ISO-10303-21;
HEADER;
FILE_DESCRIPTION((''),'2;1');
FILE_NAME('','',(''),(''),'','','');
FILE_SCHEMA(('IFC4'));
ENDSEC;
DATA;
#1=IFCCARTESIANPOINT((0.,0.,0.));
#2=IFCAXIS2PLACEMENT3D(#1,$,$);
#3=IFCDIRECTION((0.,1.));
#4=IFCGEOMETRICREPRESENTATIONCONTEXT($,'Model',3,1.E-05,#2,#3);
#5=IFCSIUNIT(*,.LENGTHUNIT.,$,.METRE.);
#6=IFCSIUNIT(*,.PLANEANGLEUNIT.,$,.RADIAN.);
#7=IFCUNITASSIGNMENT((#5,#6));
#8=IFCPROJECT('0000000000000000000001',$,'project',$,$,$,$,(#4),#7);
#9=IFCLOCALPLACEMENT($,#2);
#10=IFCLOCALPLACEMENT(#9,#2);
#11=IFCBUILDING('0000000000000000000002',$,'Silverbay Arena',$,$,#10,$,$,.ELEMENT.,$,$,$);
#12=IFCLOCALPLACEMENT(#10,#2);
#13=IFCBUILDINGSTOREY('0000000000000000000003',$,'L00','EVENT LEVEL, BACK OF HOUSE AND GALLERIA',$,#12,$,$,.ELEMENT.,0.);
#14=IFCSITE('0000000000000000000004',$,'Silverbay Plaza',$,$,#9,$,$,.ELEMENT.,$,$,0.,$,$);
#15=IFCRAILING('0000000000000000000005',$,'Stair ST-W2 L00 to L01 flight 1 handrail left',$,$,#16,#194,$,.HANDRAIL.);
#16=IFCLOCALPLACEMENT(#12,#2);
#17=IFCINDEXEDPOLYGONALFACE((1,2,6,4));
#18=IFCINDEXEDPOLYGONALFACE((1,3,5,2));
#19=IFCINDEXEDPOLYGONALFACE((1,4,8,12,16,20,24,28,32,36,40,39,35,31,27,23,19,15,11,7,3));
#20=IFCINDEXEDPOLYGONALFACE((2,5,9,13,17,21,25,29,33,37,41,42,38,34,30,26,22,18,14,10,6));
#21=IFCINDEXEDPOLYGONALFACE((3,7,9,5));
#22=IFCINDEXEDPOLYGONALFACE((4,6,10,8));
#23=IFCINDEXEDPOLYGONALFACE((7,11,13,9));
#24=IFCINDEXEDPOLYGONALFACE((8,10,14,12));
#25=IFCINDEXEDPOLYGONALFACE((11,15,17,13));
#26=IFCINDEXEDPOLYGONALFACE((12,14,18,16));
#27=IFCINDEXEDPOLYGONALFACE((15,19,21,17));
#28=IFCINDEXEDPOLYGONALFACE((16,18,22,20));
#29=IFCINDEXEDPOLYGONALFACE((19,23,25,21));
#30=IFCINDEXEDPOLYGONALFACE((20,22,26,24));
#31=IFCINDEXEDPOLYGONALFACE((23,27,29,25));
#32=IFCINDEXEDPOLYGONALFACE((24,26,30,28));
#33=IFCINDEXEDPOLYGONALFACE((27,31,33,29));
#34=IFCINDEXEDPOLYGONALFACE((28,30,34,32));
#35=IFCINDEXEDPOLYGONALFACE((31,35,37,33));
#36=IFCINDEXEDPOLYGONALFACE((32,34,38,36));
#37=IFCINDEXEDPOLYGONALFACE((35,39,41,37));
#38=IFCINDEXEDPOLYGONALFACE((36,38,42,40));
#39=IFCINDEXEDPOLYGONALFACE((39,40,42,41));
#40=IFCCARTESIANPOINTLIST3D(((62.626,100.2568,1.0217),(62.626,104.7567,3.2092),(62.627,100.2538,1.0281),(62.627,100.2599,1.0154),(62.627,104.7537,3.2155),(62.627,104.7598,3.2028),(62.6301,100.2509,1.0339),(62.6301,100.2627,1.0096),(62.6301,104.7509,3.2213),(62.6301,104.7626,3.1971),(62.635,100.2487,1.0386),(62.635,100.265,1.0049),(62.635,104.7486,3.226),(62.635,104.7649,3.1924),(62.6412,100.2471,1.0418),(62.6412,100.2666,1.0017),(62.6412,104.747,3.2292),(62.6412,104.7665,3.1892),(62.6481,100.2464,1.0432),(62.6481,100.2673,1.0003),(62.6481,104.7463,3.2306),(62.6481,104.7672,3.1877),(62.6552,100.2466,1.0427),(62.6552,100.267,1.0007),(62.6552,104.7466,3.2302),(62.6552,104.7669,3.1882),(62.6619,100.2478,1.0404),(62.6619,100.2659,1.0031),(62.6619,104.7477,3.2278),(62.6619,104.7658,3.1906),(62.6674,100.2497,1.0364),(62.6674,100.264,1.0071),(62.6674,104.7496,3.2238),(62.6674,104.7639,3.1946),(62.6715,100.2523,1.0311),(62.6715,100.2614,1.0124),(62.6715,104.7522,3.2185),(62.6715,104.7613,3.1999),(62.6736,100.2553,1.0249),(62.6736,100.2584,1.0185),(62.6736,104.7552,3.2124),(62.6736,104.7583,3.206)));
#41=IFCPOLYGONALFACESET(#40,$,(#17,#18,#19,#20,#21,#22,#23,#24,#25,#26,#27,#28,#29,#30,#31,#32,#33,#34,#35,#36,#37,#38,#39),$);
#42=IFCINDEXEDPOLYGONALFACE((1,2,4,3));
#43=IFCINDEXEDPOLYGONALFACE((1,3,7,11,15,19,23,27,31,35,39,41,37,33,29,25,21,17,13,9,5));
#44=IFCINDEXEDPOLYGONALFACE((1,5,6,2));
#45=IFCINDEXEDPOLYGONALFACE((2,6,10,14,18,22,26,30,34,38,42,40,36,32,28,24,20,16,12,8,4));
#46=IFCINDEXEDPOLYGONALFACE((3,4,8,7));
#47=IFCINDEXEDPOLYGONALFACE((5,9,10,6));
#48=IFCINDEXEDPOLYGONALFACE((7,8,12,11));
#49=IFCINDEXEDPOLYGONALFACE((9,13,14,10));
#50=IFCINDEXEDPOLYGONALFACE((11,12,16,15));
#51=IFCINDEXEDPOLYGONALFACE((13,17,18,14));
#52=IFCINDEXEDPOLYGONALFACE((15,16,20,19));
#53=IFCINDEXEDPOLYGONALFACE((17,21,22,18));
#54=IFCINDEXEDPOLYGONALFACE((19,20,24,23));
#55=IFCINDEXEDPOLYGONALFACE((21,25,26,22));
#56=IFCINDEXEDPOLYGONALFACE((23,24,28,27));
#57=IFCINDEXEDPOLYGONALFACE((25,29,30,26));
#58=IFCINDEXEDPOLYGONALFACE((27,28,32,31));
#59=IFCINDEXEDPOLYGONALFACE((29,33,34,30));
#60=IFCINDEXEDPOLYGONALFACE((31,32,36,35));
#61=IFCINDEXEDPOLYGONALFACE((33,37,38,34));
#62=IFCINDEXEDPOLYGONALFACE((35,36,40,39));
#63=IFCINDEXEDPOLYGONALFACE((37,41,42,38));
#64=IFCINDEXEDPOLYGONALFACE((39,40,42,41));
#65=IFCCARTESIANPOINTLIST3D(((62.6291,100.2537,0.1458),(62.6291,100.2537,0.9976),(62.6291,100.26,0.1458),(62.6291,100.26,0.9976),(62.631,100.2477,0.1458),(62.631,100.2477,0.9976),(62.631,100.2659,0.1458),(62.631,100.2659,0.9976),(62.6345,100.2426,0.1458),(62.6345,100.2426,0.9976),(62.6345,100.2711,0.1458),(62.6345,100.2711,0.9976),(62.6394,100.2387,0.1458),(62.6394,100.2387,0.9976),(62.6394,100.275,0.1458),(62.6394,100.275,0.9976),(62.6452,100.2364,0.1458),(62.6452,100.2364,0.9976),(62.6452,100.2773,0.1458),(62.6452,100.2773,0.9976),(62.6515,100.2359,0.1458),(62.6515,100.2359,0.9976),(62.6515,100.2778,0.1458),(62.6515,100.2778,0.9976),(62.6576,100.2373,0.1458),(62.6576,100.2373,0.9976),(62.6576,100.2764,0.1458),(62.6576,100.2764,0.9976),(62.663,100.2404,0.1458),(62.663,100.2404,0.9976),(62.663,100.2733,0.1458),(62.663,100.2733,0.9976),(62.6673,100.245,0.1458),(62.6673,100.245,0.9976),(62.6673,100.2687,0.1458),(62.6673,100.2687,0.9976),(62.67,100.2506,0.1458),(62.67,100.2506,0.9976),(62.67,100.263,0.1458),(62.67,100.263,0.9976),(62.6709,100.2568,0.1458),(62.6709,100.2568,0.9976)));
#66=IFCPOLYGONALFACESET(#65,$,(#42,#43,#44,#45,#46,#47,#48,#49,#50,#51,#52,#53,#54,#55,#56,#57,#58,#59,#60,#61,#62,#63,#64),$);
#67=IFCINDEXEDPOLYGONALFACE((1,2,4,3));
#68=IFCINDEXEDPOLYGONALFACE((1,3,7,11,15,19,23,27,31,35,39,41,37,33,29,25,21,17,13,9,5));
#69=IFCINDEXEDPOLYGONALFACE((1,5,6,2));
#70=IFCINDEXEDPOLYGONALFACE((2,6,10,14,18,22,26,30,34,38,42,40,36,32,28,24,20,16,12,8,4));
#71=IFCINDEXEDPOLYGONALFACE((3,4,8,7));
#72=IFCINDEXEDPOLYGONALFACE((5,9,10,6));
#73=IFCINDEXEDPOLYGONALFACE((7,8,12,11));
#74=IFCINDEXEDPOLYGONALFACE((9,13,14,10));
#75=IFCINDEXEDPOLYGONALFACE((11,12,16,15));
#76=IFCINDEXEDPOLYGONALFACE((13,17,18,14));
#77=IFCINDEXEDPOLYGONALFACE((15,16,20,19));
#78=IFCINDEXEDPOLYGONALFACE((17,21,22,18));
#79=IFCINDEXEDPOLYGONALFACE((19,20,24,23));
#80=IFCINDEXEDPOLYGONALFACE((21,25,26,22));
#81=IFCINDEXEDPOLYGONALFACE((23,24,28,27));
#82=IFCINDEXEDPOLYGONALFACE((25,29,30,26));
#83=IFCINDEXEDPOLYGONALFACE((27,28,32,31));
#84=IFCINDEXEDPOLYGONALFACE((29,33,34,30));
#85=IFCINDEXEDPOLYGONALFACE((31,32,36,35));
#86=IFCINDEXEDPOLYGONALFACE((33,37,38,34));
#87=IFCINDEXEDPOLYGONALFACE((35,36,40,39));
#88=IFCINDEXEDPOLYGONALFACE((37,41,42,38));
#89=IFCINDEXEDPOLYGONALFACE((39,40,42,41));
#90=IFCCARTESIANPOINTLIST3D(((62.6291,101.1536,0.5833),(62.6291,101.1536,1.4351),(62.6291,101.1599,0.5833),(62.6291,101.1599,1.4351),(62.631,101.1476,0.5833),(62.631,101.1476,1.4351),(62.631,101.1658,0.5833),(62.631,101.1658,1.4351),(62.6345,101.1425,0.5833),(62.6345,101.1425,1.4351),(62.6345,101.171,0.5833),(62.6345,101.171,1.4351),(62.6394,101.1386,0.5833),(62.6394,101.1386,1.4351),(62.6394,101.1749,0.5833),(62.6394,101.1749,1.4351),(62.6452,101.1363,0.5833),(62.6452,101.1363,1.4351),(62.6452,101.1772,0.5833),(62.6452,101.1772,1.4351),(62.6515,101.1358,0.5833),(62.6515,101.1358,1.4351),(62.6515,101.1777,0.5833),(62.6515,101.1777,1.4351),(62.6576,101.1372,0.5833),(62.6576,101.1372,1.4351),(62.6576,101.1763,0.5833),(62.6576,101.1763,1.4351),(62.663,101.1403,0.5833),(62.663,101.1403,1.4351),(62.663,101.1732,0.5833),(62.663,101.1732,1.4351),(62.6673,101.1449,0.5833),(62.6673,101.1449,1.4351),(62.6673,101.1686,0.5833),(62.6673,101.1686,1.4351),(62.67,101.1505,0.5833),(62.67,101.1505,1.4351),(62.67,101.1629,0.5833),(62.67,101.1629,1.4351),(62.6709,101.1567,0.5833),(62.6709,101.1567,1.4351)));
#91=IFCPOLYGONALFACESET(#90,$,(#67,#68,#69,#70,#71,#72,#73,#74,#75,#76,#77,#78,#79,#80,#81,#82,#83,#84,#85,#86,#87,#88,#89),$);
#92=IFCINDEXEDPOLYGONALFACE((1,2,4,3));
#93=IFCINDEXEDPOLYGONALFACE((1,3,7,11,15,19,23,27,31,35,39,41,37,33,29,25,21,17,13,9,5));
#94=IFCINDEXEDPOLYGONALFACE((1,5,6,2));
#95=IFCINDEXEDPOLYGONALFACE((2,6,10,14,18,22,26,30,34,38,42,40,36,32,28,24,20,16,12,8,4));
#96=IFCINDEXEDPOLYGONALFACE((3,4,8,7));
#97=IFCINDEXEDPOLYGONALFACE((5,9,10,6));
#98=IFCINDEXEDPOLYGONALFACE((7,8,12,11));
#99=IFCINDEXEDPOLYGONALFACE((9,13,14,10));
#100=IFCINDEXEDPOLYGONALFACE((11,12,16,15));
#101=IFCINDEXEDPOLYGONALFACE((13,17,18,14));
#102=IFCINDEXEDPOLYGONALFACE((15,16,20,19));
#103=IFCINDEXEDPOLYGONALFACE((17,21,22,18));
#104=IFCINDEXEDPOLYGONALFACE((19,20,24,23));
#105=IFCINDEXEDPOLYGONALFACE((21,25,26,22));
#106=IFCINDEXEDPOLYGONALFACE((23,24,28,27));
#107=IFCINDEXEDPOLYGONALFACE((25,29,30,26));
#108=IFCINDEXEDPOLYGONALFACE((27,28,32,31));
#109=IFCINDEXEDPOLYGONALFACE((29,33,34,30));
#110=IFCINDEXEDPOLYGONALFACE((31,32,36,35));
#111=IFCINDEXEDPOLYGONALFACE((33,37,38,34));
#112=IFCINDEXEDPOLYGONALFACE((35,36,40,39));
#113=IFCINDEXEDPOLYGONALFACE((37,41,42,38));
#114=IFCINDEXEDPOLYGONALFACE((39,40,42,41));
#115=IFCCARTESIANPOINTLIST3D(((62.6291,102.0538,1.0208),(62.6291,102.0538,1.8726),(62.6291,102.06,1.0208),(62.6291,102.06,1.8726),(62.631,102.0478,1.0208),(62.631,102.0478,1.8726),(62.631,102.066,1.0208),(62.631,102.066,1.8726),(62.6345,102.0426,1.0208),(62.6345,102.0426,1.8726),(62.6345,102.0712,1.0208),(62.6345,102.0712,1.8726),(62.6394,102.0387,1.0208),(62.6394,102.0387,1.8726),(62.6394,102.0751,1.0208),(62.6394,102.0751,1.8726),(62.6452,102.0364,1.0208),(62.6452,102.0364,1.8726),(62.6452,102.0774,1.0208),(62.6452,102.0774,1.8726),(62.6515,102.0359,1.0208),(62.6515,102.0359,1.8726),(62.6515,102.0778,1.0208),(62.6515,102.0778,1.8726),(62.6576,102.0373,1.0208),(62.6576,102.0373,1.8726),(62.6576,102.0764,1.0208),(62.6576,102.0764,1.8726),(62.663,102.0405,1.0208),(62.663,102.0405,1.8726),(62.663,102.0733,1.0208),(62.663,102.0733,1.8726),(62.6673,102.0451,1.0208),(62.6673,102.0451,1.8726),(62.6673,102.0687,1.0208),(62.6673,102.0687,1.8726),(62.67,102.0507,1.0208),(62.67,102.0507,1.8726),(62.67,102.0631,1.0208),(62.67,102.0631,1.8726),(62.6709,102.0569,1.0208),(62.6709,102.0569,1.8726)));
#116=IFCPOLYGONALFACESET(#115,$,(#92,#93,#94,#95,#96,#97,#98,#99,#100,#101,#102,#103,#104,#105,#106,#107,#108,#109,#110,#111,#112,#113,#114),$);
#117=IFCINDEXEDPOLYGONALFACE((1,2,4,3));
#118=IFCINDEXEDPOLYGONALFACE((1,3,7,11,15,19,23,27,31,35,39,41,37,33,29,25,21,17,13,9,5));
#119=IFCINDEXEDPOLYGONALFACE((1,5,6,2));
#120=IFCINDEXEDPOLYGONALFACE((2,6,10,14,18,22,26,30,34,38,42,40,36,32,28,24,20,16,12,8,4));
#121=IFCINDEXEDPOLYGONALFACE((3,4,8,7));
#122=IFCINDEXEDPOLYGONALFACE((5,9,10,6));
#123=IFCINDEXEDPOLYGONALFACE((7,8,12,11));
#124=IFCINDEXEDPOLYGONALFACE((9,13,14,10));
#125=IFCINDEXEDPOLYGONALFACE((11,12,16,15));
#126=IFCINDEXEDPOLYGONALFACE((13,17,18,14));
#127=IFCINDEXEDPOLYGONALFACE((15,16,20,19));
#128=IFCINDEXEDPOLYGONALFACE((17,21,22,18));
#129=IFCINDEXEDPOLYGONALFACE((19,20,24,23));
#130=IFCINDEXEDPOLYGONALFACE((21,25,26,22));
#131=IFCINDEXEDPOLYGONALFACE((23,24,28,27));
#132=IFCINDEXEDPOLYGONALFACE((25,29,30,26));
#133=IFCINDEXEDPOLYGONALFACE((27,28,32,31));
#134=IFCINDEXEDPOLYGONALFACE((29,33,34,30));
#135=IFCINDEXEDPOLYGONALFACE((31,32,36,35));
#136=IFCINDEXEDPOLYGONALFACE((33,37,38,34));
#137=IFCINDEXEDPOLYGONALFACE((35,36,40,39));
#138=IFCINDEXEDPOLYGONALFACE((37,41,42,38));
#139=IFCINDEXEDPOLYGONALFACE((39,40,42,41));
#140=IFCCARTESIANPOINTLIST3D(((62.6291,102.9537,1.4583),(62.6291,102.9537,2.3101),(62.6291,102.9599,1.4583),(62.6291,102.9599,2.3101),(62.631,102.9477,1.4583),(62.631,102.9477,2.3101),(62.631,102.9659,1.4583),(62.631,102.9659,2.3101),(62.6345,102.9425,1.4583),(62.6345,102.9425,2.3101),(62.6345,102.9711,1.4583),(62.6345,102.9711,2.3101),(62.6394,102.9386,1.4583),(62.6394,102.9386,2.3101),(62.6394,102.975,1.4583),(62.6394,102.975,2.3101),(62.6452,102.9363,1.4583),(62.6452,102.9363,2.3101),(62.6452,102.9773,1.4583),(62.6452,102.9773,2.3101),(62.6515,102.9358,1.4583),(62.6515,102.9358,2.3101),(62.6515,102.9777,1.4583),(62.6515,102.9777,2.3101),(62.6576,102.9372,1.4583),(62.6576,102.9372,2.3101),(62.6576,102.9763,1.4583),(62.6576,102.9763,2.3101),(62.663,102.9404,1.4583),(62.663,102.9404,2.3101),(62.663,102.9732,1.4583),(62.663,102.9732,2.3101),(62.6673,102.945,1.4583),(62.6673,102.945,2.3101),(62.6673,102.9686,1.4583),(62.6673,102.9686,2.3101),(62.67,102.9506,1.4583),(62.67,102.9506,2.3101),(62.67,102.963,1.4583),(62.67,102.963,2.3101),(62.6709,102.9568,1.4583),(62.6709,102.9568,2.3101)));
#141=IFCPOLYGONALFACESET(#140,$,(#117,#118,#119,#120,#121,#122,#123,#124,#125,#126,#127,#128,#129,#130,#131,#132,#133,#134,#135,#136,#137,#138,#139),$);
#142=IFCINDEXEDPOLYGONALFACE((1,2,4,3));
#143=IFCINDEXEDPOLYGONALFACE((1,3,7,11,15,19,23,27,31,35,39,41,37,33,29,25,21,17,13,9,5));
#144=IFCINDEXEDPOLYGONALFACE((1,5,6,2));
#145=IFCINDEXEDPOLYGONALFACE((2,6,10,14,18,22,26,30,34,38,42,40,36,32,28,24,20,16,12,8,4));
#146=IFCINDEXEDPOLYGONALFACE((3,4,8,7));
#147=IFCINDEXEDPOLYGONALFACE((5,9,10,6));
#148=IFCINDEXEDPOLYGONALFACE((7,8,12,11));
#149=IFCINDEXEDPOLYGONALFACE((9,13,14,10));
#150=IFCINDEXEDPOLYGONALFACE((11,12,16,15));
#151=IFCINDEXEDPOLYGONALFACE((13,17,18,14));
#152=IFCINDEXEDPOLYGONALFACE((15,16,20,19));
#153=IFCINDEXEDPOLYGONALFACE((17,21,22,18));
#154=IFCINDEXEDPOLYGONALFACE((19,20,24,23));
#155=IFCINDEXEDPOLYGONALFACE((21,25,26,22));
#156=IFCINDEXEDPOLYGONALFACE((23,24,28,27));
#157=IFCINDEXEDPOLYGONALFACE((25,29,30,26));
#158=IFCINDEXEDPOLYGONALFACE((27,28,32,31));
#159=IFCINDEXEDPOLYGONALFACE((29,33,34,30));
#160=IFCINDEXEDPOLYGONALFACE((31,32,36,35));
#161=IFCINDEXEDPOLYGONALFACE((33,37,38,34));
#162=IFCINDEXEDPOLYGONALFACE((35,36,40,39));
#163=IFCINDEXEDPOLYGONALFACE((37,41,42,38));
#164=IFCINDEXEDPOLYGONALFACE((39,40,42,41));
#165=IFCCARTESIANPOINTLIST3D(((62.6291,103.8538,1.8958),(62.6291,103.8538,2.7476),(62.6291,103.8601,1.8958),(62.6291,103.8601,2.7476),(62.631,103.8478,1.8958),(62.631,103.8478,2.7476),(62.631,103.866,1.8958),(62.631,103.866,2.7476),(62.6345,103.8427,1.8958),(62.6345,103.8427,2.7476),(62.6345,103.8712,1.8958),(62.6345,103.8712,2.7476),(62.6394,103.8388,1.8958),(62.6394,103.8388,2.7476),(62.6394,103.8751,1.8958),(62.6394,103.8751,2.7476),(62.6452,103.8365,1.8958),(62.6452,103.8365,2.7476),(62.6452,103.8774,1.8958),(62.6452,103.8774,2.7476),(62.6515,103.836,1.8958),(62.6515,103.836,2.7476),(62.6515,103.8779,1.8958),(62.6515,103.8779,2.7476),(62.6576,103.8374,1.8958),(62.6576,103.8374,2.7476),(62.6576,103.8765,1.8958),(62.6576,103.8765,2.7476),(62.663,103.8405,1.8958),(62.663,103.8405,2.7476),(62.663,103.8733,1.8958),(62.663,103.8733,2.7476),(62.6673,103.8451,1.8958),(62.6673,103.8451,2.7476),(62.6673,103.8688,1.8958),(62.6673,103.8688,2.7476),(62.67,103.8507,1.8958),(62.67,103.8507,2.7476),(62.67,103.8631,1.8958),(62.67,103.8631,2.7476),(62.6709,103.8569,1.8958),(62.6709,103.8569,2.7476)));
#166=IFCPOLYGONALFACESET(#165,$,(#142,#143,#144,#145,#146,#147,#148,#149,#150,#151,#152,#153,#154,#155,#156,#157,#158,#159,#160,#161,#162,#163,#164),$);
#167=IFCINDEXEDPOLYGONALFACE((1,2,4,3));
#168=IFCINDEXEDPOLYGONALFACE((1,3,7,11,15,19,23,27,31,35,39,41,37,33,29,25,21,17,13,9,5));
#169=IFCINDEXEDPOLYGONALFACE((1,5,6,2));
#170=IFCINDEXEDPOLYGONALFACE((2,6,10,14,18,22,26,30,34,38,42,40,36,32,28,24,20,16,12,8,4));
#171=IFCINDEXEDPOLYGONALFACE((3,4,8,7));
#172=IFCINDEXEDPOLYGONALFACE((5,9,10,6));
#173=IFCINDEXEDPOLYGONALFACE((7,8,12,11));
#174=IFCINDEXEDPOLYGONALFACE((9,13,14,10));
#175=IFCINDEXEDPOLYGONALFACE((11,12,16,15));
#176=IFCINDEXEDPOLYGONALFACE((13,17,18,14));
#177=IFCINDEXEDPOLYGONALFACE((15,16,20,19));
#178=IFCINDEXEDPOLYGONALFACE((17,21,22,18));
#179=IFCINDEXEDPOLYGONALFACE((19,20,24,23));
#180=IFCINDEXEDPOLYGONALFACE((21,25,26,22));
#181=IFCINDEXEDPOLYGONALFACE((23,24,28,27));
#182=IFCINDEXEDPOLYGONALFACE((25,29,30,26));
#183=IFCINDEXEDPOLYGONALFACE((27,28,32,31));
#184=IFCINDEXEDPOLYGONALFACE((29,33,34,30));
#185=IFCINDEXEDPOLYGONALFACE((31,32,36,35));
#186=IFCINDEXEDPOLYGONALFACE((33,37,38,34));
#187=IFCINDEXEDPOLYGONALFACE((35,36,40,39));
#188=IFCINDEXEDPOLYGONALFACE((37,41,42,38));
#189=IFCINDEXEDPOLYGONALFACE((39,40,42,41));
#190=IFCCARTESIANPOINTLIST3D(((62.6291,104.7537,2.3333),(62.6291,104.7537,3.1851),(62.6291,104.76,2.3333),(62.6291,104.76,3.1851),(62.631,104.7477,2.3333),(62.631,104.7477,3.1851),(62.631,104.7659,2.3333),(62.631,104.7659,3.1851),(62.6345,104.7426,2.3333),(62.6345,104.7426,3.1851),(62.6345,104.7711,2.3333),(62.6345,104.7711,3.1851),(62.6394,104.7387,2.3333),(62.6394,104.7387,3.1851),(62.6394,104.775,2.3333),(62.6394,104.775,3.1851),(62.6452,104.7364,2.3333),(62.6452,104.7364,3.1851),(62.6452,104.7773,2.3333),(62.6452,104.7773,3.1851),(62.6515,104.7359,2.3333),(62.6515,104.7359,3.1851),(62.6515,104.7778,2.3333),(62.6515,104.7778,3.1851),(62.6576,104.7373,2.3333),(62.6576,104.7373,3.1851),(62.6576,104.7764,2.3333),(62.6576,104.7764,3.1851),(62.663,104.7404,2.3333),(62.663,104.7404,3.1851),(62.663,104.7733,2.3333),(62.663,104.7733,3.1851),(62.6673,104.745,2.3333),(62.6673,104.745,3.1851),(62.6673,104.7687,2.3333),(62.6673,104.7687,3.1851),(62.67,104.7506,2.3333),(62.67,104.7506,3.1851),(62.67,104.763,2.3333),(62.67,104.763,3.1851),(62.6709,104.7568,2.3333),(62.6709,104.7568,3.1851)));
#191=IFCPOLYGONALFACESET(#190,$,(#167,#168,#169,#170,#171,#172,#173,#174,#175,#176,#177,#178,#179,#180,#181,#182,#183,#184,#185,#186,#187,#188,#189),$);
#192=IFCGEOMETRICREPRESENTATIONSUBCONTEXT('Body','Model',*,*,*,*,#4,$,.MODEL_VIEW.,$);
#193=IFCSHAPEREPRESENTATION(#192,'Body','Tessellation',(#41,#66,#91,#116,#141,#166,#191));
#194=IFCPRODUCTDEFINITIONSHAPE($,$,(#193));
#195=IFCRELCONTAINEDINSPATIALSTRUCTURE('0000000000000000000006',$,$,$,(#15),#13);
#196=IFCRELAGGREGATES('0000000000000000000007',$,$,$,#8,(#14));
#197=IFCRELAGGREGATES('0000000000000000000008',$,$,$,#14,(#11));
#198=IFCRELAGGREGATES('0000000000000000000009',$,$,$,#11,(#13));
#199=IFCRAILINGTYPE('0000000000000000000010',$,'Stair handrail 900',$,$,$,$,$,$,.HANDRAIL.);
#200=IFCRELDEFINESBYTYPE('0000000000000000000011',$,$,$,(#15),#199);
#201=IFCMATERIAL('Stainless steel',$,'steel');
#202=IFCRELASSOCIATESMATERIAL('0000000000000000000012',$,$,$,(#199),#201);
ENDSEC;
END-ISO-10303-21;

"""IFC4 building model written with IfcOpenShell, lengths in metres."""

from ifc_helpers import new_model, si_unit, direction, frame, origin, origin_2d, place, context, subcontext, project, spatial, circle, extrude, material, type_object, element, save


model = new_model("IFC4")

# Units and contexts
model_context = context("Model", 3, precision=1e-05, world=origin(), true_north=direction((0.0, 1.0)))
body_context = subcontext(model_context, "Body", "Model", "MODEL_VIEW")
ifc_project = project(units=[si_unit("LENGTHUNIT", "METRE"), si_unit("PLANEANGLEUNIT", "RADIAN")], contexts=[model_context])

# Site, building, storey
site_placement = place(None, origin())
site = spatial("IfcSite", under=ifc_project, at=site_placement, Name="Silverbay Plaza", CompositionType="ELEMENT", RefElevation=0.0)
building_placement = place(site_placement, origin())
building = spatial("IfcBuilding", under=site, at=building_placement, Name="Silverbay Arena", CompositionType="ELEMENT")
storey_placement = place(building_placement, origin())
storey = spatial("IfcBuildingStorey", under=building, at=storey_placement, Name="L00", Description="EVENT LEVEL, BACK OF HOUSE AND GALLERIA", CompositionType="ELEMENT", Elevation=0.0)

# Railing
ifc_material_1 = material(Name="Stainless steel", Category="steel")
railing_type_1 = type_object("IfcRailingType", Name="Stair handrail 900", PredefinedType="HANDRAIL", material=ifc_material_1)
for number, where, name in (
    (1, (62.6499, 100.2568, 0.1458), "Stair ST-W2 L00 to L01 flight 1 handrail left"),
):
    element("IfcRailing", number, at=place(storey_placement, frame(where)), inside=storey, type_object=railing_type_1, Name=name, PredefinedType="HANDRAIL", context=body_context, shape_type="SweptSolid", body=[
        extrude(circle(Radius=0.0239, at=origin_2d()), frame((0.0, 0.0, 0.876), z_axis=(0.0, 0.899368, 0.437193), x_axis=(-1.0, 0.0, 0.0)), (0.0, 0.0, 1.0), 5.0034),
        extrude(circle(Radius=0.021, at=origin_2d()), origin(), (0.0, 0.0, 1.0), 0.8518),
        extrude(circle(Radius=0.021, at=origin_2d()), frame((0.0, 0.8999, 0.4375)), (0.0, 0.0, 1.0), 0.8518),
        extrude(circle(Radius=0.021, at=origin_2d()), frame((0.0, 1.8, 0.875)), (0.0, 0.0, 1.0), 0.8518),
        extrude(circle(Radius=0.021, at=origin_2d()), frame((0.0, 2.7, 1.3125)), (0.0, 0.0, 1.0), 0.8518),
        extrude(circle(Radius=0.021, at=origin_2d()), frame((0.0, 3.6001, 1.75)), (0.0, 0.0, 1.0), 0.8518),
        extrude(circle(Radius=0.021, at=origin_2d()), frame((0.0, 4.5, 2.1875)), (0.0, 0.0, 1.0), 0.8518),
    ])

save(model, "model.ifc")
